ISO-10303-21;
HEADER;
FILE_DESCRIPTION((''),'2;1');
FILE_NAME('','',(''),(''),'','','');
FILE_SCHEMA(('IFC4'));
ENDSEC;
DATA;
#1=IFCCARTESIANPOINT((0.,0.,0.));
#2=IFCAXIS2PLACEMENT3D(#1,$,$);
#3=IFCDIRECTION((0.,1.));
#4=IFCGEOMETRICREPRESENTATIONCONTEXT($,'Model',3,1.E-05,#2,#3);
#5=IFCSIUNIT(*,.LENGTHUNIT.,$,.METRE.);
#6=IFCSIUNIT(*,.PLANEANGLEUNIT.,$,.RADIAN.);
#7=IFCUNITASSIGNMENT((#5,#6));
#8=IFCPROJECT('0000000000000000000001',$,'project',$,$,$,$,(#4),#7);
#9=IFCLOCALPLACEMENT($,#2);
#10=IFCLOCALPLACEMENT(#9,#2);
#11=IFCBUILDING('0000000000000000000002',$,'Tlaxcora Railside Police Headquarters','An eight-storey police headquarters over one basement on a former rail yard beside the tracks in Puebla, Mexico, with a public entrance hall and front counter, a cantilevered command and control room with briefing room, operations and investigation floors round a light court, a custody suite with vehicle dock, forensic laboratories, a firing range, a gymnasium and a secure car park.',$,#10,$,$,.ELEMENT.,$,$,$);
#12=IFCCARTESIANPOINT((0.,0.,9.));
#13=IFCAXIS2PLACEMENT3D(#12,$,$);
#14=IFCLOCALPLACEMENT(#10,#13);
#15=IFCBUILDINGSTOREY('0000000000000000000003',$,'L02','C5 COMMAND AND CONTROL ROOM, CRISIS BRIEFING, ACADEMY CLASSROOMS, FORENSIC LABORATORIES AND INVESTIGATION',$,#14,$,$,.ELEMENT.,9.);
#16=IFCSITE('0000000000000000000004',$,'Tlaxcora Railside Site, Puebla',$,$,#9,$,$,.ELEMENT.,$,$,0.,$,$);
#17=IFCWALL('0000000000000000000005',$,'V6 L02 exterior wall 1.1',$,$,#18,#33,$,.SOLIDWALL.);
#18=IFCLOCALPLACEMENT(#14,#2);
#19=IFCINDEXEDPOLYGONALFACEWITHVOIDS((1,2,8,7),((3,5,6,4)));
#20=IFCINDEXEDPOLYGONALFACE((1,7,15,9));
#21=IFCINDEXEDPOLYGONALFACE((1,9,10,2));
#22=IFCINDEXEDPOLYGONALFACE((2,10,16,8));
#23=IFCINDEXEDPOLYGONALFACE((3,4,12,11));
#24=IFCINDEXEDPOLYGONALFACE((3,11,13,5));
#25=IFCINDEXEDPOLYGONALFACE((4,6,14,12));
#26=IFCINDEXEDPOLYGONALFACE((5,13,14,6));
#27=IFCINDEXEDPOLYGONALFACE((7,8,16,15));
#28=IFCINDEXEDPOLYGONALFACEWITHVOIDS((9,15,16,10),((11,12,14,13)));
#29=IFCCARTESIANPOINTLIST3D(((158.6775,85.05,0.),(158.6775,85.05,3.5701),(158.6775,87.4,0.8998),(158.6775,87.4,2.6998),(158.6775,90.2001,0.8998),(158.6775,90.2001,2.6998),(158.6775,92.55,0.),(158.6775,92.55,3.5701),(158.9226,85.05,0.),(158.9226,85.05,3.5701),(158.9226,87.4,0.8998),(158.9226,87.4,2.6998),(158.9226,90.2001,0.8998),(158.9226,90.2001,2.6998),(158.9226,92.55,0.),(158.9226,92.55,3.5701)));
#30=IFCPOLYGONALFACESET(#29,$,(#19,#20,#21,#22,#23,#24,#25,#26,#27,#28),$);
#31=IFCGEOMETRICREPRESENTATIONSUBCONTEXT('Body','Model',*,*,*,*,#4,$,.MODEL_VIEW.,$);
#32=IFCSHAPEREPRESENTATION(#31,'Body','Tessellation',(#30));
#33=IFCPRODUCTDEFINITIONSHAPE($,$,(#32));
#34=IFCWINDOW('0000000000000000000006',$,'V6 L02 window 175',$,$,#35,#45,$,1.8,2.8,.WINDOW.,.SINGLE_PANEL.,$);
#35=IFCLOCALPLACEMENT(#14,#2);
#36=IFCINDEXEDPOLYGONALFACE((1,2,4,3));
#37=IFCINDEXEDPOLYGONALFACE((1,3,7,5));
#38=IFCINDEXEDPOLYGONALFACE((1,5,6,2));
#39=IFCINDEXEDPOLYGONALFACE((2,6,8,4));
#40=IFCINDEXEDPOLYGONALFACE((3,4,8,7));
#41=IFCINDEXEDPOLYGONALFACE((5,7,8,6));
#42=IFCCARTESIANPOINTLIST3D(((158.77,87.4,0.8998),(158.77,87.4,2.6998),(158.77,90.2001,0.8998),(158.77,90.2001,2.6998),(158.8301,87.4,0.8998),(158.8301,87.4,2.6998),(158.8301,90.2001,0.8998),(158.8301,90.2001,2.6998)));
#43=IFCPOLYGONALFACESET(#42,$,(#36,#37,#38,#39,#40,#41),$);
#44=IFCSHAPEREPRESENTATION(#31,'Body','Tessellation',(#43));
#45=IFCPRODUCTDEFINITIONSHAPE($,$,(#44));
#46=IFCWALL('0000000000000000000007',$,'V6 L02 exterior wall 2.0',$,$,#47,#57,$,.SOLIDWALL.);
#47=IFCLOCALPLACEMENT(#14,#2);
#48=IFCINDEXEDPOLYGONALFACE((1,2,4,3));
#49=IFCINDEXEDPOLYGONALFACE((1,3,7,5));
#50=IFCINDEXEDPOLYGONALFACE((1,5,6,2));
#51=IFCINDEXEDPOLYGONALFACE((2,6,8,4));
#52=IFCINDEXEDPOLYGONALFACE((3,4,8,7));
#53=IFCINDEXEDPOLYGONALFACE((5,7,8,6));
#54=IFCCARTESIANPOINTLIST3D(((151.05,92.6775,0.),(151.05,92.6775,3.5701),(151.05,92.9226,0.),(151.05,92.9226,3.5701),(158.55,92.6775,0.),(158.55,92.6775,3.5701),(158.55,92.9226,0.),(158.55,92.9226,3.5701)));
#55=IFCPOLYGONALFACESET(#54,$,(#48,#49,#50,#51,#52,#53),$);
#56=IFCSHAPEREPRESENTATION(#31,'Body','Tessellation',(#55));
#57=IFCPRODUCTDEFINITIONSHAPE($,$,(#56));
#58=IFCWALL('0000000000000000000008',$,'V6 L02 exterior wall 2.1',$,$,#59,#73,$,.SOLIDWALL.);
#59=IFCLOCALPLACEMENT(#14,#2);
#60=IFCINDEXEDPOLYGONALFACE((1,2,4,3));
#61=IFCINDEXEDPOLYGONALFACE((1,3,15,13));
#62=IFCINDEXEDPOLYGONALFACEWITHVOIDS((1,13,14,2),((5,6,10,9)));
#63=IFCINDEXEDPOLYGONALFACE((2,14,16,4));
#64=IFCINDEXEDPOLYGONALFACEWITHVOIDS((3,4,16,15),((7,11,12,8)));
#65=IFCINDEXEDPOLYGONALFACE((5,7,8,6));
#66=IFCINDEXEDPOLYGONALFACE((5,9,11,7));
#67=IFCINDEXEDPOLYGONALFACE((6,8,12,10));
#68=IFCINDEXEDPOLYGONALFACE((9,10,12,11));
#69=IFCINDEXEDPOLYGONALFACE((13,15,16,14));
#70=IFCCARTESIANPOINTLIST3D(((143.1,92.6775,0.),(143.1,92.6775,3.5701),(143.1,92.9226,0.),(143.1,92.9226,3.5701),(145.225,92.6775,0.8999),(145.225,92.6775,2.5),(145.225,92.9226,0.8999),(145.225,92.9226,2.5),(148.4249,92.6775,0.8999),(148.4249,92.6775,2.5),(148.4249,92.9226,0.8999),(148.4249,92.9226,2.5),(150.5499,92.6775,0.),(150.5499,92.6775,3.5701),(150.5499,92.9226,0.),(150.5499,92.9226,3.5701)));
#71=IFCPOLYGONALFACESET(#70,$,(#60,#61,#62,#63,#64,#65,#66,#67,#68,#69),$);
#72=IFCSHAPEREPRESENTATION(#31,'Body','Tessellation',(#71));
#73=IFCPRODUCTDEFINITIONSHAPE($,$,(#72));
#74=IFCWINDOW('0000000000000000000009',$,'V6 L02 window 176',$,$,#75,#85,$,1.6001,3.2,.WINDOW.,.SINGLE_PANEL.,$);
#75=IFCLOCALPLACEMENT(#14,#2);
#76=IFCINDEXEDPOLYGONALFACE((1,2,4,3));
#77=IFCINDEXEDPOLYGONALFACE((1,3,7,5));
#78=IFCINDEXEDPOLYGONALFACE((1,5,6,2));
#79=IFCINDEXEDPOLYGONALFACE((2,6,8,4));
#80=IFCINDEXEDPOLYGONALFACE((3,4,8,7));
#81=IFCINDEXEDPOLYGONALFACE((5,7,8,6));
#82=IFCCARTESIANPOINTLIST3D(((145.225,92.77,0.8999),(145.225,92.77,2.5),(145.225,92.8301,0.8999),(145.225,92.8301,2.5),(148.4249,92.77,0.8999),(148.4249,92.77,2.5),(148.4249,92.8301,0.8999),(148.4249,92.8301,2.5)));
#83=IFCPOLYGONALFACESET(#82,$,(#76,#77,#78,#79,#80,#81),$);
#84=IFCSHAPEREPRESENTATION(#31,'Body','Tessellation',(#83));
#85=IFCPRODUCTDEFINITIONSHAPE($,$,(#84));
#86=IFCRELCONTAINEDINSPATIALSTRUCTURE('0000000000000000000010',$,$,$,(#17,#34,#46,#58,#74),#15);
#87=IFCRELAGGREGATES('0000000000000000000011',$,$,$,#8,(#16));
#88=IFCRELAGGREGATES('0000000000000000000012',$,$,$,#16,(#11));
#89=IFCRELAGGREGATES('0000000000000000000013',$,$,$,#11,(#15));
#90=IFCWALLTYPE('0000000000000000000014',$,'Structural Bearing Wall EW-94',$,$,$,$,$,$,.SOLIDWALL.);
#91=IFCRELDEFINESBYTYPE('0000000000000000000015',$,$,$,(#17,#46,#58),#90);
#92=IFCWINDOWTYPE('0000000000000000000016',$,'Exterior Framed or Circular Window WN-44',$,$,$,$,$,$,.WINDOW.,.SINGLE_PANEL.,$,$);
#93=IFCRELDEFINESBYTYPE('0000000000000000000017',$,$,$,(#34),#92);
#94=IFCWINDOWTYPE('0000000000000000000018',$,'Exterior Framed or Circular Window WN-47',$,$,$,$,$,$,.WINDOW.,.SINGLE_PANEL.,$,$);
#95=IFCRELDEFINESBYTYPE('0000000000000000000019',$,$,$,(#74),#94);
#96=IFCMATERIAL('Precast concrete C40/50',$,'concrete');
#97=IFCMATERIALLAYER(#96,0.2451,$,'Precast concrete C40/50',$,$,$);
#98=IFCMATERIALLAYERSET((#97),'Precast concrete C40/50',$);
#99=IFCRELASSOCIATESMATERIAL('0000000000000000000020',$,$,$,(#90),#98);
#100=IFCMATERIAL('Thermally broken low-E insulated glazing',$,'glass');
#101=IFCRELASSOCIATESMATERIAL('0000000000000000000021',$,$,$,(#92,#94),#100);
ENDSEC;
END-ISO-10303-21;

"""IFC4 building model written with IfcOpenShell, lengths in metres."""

from ifc_helpers import new_model, si_unit, direction, frame, frame_2d, origin, place, context, subcontext, project, spatial, rectangle, extrude, material, layer, layer_set, type_object, element, fill, save


model = new_model("IFC4")

# Units and contexts
model_context = context("Model", 3, precision=1e-05, world=origin(), true_north=direction((0.0, 1.0)))
body_context = subcontext(model_context, "Body", "Model", "MODEL_VIEW")
ifc_project = project(units=[si_unit("LENGTHUNIT", "METRE"), si_unit("PLANEANGLEUNIT", "RADIAN")], contexts=[model_context])

# Site, building, storey
site_placement = place(None, origin())
site = spatial("IfcSite", under=ifc_project, at=site_placement, Name="Tlaxcora Railside Site, Puebla", CompositionType="ELEMENT", RefElevation=0.0)
building_placement = place(site_placement, origin())
building = spatial("IfcBuilding", under=site, at=building_placement, Name="Tlaxcora Railside Police Headquarters", Description="An eight-storey police headquarters over one basement on a former rail yard beside the tracks in Puebla, Mexico, with a public entrance hall and front counter, a cantilevered command and control room with briefing room, operations and investigation floors round a light court, a custody suite with vehicle dock, forensic laboratories, a firing range, a gymnasium and a secure car park.", CompositionType="ELEMENT")
storey_placement = place(building_placement, frame((0.0, 0.0, 9.0)))
storey = spatial("IfcBuildingStorey", under=building, at=storey_placement, Name="L02", Description="C5 COMMAND AND CONTROL ROOM, CRISIS BRIEFING, ACADEMY CLASSROOMS, FORENSIC LABORATORIES AND INVESTIGATION", CompositionType="ELEMENT", Elevation=9.0)

# Wall, opening, window
ifc_material_1 = material(Name="Precast concrete C40/50", Category="concrete")
ifc_layer_1 = layer(ifc_material_1, 0.2451, Name="Precast concrete C40/50")
ifc_layer_set_1 = layer_set([ifc_layer_1], Name="Precast concrete C40/50")
wall_type = type_object("IfcWallType", Name="Structural Bearing Wall EW-94", PredefinedType="SOLIDWALL", material=ifc_layer_set_1)
ifc_material_2 = material(Name="Thermally broken low-E insulated glazing", Category="glass")
window_type_1 = type_object("IfcWindowType", Name="Exterior Framed or Circular Window WN-44", PartitioningType="SINGLE_PANEL", PredefinedType="WINDOW", material=ifc_material_2)
wall_1_placement = place(storey_placement, frame((158.8, 85.05, 0.0), z_axis=(0.0, 0.0, 1.0), x_axis=(0.0, 1.0, 0.0)))
wall_1 = element("IfcWall", 1, at=wall_1_placement, inside=storey, type_object=wall_type, Name="V6 L02 exterior wall 1.1", PredefinedType="SOLIDWALL", context=body_context, shape_type="SweptSolid", body=[
    extrude(rectangle(XDim=7.5, YDim=0.2451, at=frame_2d((3.75, 0.0))), origin(), (0.0, 0.0, 1.0), 3.5701),
])
opening_1_placement = place(wall_1_placement, frame((2.3501, 0.0, 0.8999)))
opening_1 = element("IfcOpeningElement", 2, at=opening_1_placement, cuts=wall_1, PredefinedType="OPENING", context=body_context, shape_type="SweptSolid", body=[
    extrude(rectangle(XDim=2.8, YDim=1.8, at=frame_2d((1.3999, 0.8999))), frame((0.0, 0.1326, 0.0), z_axis=(0.0, -1.0, 0.0), x_axis=(1.0, 0.0, 0.0)), (0.0, 0.0, 1.0), 0.2651),
])
window_1_placement = place(opening_1_placement, origin())
window_1 = element("IfcWindow", 3, at=window_1_placement, inside=storey, type_object=window_type_1, Name="V6 L02 window 175", OverallHeight=1.8, OverallWidth=2.8, PartitioningType="SINGLE_PANEL", PredefinedType="WINDOW", context=body_context, shape_type="SweptSolid", body=[
    extrude(rectangle(XDim=2.8, YDim=1.8, at=frame_2d((1.3999, 0.8999))), frame((0.0, 0.03, 0.0), z_axis=(0.0, -1.0, 0.0), x_axis=(1.0, 0.0, 0.0)), (0.0, 0.0, 1.0), 0.0601),
])
fill(opening_1, window_1)

# Wall
wall_2_placement = place(storey_placement, frame((158.55, 92.8, 0.0), z_axis=(0.0, 0.0, 1.0), x_axis=(-1.0, 0.0, 0.0)))
element("IfcWall", 4, at=wall_2_placement, inside=storey, type_object=wall_type, Name="V6 L02 exterior wall 2.0", PredefinedType="SOLIDWALL", context=body_context, shape_type="SweptSolid", body=[
    extrude(rectangle(XDim=7.5, YDim=0.2451, at=frame_2d((3.75, 0.0))), origin(), (0.0, 0.0, 1.0), 3.5701),
])

# Wall, opening, window
wall_3_placement = place(storey_placement, frame((150.55, 92.8, 0.0), z_axis=(0.0, 0.0, 1.0), x_axis=(-1.0, 0.0, 0.0)))
wall_3 = element("IfcWall", 5, at=wall_3_placement, inside=storey, type_object=wall_type, Name="V6 L02 exterior wall 2.1", PredefinedType="SOLIDWALL", context=body_context, shape_type="SweptSolid", body=[
    extrude(rectangle(XDim=7.45, YDim=0.2451, at=frame_2d((3.7251, 0.0))), origin(), (0.0, 0.0, 1.0), 3.5701),
])
opening_2_placement = place(wall_3_placement, frame((2.125, 0.0, 0.8999)))
opening_2 = element("IfcOpeningElement", 6, at=opening_2_placement, cuts=wall_3, PredefinedType="OPENING", context=body_context, shape_type="SweptSolid", body=[
    extrude(rectangle(XDim=3.2, YDim=1.6001, at=frame_2d((1.6001, 0.8))), frame((0.0, 0.1326, 0.0), z_axis=(0.0, -1.0, 0.0), x_axis=(1.0, 0.0, 0.0)), (0.0, 0.0, 1.0), 0.2651),
])
window_type_2 = type_object("IfcWindowType", Name="Exterior Framed or Circular Window WN-47", PartitioningType="SINGLE_PANEL", PredefinedType="WINDOW", material=ifc_material_2)
window_2_placement = place(opening_2_placement, origin())
window_2 = element("IfcWindow", 7, at=window_2_placement, inside=storey, type_object=window_type_2, Name="V6 L02 window 176", OverallHeight=1.6001, OverallWidth=3.2, PartitioningType="SINGLE_PANEL", PredefinedType="WINDOW", context=body_context, shape_type="SweptSolid", body=[
    extrude(rectangle(XDim=3.2, YDim=1.6001, at=frame_2d((1.6001, 0.8))), frame((0.0, 0.03, 0.0), z_axis=(0.0, -1.0, 0.0), x_axis=(1.0, 0.0, 0.0)), (0.0, 0.0, 1.0), 0.0601),
])
fill(opening_2, window_2)

save(model, "model.ifc")
